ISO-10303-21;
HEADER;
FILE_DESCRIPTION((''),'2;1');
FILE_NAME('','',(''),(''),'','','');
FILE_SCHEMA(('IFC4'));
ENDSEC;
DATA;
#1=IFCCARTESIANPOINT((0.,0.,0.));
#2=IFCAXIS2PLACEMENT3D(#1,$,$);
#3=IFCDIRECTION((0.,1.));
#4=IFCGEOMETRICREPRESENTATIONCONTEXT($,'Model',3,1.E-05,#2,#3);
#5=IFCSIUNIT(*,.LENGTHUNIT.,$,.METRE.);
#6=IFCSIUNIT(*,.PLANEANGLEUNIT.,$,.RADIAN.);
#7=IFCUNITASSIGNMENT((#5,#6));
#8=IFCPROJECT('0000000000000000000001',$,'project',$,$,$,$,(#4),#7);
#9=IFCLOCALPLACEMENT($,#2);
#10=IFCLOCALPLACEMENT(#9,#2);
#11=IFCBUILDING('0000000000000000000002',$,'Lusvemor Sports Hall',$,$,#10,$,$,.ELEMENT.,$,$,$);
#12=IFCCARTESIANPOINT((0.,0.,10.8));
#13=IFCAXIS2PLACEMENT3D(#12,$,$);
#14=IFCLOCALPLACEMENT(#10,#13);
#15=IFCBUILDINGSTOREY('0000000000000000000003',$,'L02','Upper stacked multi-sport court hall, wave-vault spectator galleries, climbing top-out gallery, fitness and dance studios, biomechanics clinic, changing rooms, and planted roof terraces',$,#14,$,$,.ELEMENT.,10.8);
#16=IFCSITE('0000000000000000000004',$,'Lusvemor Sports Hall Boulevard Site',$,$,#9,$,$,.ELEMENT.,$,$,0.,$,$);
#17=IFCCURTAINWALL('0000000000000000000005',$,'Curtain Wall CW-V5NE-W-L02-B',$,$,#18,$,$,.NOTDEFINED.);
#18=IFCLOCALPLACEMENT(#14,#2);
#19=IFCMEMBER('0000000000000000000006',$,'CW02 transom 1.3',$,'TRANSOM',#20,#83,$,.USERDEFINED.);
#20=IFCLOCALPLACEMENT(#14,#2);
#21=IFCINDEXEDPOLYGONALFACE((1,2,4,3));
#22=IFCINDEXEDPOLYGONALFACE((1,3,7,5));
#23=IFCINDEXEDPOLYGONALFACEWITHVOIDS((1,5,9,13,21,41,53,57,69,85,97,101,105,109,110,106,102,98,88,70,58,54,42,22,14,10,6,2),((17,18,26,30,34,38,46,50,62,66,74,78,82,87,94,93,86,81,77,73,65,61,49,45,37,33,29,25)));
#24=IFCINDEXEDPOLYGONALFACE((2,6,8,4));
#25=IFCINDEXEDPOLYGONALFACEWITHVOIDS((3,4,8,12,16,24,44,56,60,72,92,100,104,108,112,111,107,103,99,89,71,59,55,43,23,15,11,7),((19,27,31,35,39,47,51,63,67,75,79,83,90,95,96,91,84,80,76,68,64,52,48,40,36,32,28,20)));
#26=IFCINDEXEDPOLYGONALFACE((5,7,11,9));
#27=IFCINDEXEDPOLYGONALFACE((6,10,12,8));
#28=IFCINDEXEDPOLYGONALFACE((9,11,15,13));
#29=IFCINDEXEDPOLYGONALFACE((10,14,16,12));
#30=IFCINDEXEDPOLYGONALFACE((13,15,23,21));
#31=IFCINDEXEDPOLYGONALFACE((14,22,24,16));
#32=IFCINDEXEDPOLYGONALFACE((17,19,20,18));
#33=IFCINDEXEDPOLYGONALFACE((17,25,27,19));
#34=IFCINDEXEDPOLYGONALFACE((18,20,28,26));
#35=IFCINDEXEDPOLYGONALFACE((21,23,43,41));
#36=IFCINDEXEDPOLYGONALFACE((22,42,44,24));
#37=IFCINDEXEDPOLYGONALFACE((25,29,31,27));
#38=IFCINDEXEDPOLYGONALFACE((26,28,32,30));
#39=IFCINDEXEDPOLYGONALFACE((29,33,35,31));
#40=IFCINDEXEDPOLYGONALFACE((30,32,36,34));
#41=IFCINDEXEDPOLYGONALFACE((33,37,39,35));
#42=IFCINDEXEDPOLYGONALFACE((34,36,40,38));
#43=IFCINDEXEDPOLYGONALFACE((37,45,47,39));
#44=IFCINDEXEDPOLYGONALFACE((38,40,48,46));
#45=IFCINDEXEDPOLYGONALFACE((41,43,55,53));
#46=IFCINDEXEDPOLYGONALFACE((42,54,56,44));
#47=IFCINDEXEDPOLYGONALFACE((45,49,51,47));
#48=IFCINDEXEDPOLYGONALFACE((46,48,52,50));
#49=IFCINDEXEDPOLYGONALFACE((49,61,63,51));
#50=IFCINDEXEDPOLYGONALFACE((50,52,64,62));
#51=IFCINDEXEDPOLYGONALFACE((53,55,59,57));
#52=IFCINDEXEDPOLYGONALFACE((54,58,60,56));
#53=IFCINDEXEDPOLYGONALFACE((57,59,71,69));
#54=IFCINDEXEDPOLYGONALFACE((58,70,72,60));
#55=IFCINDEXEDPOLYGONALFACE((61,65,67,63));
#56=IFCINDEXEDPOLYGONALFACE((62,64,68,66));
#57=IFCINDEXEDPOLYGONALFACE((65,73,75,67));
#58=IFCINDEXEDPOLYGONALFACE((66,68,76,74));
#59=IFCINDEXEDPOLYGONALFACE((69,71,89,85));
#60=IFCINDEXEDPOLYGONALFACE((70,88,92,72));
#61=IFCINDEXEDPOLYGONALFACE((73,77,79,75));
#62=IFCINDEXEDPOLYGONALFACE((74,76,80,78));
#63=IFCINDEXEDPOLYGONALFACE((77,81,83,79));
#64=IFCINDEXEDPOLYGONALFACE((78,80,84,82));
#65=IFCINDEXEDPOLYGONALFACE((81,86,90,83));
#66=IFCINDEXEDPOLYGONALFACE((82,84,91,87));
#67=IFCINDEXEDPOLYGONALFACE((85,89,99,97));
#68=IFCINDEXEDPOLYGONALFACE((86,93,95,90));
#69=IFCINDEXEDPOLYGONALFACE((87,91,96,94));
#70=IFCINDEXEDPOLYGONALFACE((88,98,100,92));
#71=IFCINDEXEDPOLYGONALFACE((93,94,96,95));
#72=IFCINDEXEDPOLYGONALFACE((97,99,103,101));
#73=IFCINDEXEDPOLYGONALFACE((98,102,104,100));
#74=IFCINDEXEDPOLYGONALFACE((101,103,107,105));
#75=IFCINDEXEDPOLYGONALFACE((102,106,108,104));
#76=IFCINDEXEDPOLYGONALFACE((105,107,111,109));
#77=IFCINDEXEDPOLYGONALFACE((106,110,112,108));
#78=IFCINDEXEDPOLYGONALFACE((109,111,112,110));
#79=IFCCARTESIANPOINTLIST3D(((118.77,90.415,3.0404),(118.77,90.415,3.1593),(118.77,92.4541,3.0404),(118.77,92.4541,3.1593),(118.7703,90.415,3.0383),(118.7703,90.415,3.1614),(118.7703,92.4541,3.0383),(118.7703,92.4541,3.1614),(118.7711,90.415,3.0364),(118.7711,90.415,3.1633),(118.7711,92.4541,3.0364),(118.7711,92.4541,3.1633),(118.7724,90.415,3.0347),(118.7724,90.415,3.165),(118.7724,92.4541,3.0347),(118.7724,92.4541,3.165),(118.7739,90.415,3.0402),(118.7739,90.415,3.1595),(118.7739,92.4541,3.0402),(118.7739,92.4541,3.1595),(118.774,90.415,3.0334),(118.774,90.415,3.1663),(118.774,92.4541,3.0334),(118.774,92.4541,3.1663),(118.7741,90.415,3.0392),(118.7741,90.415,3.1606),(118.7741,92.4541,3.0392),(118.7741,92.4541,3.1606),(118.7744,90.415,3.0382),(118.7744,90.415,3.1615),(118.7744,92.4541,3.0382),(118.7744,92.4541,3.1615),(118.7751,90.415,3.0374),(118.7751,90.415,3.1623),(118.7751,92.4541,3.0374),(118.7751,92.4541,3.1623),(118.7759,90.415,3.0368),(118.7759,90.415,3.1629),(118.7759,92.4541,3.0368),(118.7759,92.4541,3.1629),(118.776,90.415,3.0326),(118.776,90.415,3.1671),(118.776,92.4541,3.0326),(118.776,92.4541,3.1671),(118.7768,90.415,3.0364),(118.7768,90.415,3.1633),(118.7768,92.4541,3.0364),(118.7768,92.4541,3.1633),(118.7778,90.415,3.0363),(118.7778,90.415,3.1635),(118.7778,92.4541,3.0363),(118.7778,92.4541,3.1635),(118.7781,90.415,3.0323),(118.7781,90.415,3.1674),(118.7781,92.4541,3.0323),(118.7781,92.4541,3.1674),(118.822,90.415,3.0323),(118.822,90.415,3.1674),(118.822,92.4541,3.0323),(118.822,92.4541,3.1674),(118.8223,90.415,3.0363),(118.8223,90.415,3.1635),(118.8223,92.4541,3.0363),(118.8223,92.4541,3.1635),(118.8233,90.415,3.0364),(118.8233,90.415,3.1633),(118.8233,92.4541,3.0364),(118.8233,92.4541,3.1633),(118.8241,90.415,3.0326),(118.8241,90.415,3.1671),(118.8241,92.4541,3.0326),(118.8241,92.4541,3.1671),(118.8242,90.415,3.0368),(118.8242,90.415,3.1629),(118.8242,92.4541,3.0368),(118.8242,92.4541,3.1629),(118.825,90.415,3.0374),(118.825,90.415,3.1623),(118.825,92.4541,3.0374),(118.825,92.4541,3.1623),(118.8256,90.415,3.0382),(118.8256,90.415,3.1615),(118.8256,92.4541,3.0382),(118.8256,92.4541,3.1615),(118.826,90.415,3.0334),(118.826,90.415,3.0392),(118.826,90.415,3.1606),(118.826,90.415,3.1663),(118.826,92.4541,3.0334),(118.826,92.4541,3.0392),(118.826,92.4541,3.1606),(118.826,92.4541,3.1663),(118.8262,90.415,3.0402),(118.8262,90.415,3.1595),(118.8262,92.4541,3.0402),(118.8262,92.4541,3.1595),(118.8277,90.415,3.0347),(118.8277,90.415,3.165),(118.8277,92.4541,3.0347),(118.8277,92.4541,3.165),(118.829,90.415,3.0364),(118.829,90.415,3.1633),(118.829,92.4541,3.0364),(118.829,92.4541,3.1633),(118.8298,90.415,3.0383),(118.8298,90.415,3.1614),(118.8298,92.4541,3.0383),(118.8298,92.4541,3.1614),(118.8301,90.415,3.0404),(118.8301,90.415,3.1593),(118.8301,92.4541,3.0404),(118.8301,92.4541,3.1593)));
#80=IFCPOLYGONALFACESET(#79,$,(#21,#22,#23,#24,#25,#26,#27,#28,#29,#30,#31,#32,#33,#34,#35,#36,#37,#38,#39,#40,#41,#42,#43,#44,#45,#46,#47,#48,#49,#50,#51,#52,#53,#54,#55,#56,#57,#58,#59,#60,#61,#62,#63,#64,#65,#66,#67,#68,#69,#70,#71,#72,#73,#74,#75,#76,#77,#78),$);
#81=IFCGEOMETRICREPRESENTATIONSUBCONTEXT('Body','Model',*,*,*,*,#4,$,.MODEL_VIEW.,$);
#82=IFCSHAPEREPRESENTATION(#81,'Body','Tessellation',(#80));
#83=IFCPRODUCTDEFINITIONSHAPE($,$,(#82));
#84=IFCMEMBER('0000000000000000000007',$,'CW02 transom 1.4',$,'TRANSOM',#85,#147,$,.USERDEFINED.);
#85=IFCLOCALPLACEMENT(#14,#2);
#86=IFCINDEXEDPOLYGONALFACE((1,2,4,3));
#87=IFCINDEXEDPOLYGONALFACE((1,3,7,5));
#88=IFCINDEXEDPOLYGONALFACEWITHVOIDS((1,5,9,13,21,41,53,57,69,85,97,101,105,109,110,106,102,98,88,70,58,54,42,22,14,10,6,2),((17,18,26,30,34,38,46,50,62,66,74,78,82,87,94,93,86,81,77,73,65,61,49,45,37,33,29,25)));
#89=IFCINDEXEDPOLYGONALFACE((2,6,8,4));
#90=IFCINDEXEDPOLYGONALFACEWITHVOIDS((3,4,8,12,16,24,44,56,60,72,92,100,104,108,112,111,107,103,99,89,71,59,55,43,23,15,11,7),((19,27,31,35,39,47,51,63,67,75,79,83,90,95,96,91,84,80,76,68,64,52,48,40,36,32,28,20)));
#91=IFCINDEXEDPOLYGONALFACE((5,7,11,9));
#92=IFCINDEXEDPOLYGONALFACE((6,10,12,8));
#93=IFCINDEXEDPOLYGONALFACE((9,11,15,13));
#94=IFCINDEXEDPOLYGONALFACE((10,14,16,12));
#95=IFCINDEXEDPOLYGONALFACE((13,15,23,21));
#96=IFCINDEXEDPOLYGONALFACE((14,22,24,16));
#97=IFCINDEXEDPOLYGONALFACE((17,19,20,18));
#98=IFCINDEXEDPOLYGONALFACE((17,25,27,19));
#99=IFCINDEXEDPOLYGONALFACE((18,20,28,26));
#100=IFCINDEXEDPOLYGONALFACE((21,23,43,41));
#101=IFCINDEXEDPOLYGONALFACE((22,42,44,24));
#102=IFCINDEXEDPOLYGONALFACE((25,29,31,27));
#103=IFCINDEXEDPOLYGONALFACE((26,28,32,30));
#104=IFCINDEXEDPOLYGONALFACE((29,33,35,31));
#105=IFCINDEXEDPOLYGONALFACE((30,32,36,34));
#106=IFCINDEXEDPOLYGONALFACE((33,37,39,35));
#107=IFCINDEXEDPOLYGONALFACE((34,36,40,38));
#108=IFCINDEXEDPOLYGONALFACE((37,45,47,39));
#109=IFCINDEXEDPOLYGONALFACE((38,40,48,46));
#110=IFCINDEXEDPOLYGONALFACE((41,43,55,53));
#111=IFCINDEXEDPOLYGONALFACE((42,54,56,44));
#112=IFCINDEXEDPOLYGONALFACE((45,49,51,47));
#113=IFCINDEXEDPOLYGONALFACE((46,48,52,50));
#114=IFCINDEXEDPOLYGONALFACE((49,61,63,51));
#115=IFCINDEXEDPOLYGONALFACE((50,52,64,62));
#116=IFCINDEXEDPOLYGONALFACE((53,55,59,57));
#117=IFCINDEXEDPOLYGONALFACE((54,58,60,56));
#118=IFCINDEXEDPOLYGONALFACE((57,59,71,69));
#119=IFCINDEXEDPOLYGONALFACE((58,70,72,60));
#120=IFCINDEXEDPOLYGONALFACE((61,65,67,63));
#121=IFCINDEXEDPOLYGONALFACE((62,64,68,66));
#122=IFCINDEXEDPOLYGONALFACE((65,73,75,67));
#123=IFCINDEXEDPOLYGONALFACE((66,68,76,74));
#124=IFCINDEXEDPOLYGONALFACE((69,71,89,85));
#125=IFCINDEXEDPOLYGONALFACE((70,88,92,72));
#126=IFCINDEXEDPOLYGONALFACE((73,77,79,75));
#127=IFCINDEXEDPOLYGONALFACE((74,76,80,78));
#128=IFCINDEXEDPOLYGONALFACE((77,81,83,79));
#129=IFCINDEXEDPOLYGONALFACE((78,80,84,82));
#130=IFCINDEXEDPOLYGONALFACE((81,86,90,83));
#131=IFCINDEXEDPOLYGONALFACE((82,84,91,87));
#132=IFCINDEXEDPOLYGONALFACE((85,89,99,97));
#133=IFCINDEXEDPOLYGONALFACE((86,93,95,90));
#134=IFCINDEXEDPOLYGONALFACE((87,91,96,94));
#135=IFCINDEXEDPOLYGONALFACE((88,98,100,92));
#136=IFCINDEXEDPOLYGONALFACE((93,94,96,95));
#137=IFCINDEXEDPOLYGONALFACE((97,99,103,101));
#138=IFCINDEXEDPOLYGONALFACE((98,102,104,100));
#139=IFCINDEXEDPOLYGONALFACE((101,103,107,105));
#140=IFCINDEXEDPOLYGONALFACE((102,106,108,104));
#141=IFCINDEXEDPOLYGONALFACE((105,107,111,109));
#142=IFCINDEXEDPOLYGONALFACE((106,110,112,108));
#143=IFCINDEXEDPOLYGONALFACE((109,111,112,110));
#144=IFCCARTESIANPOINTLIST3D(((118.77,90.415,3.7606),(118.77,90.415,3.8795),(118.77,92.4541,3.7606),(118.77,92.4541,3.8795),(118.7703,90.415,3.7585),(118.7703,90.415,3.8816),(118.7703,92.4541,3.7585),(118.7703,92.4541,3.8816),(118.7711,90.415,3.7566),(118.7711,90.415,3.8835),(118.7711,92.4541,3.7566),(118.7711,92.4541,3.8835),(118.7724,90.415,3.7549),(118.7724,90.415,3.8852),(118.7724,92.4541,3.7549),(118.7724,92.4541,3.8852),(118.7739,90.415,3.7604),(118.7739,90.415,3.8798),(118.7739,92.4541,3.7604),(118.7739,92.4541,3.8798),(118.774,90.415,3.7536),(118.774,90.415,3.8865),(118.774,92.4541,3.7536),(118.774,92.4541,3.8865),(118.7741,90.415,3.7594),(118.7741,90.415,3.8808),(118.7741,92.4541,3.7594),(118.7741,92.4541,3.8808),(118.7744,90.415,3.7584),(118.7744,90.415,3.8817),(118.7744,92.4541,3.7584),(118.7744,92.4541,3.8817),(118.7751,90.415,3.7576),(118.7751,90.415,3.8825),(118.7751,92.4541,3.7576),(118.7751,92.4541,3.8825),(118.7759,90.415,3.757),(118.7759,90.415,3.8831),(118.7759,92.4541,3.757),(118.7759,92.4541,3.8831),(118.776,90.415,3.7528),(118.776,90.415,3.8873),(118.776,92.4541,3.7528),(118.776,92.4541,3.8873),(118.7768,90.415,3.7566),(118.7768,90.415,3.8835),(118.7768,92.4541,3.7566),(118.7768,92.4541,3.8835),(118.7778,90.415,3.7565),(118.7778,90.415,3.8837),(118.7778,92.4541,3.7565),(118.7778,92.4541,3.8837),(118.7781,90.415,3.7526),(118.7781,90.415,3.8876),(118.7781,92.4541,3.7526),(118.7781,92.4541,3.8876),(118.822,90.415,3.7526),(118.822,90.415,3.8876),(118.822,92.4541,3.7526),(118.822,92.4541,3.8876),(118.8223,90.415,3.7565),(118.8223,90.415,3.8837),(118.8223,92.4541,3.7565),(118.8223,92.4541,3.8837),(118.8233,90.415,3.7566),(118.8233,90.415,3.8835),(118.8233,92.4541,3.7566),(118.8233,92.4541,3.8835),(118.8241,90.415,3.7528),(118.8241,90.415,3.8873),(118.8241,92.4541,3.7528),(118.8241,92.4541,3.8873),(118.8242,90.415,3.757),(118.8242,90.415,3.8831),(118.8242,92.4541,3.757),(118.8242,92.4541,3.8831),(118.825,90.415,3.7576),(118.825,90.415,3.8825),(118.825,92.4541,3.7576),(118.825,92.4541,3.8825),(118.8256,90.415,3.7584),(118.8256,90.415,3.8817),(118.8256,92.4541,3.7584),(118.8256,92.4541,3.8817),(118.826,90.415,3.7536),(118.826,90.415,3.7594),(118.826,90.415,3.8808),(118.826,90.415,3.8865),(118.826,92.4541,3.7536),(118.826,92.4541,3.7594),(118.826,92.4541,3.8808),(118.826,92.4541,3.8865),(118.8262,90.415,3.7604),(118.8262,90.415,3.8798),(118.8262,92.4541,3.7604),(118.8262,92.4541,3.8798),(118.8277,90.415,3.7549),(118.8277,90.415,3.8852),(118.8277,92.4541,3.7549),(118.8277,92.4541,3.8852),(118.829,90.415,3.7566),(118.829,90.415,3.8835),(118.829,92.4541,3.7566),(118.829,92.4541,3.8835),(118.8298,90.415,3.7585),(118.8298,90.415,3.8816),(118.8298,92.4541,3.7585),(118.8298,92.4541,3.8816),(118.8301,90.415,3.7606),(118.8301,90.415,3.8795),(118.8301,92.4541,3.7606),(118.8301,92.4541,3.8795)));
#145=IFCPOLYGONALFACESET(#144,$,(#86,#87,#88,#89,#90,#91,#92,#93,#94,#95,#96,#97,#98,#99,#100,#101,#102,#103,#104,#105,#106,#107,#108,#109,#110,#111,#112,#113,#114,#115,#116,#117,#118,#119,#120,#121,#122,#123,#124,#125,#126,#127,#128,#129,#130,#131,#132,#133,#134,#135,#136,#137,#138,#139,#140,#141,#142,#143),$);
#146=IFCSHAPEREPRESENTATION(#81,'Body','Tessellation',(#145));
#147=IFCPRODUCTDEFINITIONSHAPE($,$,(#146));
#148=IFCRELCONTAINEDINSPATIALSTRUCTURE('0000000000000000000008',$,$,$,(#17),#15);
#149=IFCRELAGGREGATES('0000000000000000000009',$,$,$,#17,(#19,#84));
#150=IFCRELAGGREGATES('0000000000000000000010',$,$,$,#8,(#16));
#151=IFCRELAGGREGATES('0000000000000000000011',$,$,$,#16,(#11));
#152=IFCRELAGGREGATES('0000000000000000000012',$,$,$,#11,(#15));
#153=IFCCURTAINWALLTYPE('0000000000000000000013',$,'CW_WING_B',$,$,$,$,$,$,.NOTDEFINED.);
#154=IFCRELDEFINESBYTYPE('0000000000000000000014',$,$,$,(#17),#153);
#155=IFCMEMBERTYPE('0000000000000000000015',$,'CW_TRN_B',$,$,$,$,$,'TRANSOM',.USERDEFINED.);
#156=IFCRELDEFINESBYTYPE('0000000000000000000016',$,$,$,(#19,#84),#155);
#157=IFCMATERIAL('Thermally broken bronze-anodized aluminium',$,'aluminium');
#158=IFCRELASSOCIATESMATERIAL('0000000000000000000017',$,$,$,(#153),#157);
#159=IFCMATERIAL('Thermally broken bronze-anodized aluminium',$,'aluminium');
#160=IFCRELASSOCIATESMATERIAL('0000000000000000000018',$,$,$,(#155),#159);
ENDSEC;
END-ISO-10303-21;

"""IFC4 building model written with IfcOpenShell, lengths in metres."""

from ifc_helpers import new_model, si_unit, direction, frame, origin, origin_2d, place, context, subcontext, project, spatial, hollow_rectangle, extrude, material, material_profile, profile_set, type_object, element, aggregate, save


model = new_model("IFC4")

# Units and contexts
model_context = context("Model", 3, precision=1e-05, world=origin(), true_north=direction((0.0, 1.0)))
body_context = subcontext(model_context, "Body", "Model", "MODEL_VIEW")
ifc_project = project(units=[si_unit("LENGTHUNIT", "METRE"), si_unit("PLANEANGLEUNIT", "RADIAN")], contexts=[model_context])

# Site, building, storey
site_placement = place(None, origin())
site = spatial("IfcSite", under=ifc_project, at=site_placement, Name="Lusvemor Sports Hall Boulevard Site", CompositionType="ELEMENT", RefElevation=0.0)
building_placement = place(site_placement, origin())
building = spatial("IfcBuilding", under=site, at=building_placement, Name="Lusvemor Sports Hall", CompositionType="ELEMENT")
storey_placement = place(building_placement, frame((0.0, 0.0, 10.8)))
storey = spatial("IfcBuildingStorey", under=building, at=storey_placement, Name="L02", Description="Upper stacked multi-sport court hall, wave-vault spectator galleries, climbing top-out gallery, fitness and dance studios, biomechanics clinic, changing rooms, and planted roof terraces", CompositionType="ELEMENT", Elevation=10.8)

# Curtain wall, members
ifc_material_1 = material(Name="Thermally broken bronze-anodized aluminium", Category="aluminium")
curtain_wall_type = type_object("IfcCurtainWallType", Name="CW_WING_B", PredefinedType="NOTDEFINED", material=ifc_material_1)
curtain_wall_placement = place(storey_placement, origin())
curtain_wall = element("IfcCurtainWall", 1, at=curtain_wall_placement, inside=storey, type_object=curtain_wall_type, Name="Curtain Wall CW-V5NE-W-L02-B", PredefinedType="NOTDEFINED")
ifc_material_2 = material(Name="Thermally broken bronze-anodized aluminium", Category="aluminium")
ifc_material_profile_1 = material_profile(ifc_material_2, hollow_rectangle(XDim=0.0601, YDim=0.135, WallThickness=0.0039, InnerFilletRadius=0.0039, OuterFilletRadius=0.0081, at=origin_2d()), Name="CWTRN135x60x4")
ifc_profile_set_1 = profile_set([ifc_material_profile_1], Name="Thermally broken bronze-anodized aluminium")
member_type_1 = type_object("IfcMemberType", Name="CW_TRN_B", ElementType="TRANSOM", PredefinedType="USERDEFINED", material=ifc_profile_set_1)
member_1_placement = place(storey_placement, frame((118.8, 90.415, 3.0999), z_axis=(0.0, 1.0, 0.0), x_axis=(-1.0, 0.0, 0.0)))
member_1 = element("IfcMember", 2, at=member_1_placement, type_object=member_type_1, Name="CW02 transom 1.3", ObjectType="TRANSOM", PredefinedType="USERDEFINED", context=body_context, shape_type="SweptSolid", body=[
    extrude(hollow_rectangle(XDim=0.0601, YDim=0.135, WallThickness=0.0039, InnerFilletRadius=0.0039, OuterFilletRadius=0.0081, at=origin_2d()), origin(), (0.0, 0.0, 1.0), 2.0391),
])
member_2_placement = place(storey_placement, frame((118.8, 90.415, 3.8201), z_axis=(0.0, 1.0, 0.0), x_axis=(-1.0, 0.0, 0.0)))
member_2 = element("IfcMember", 3, at=member_2_placement, type_object=member_type_1, Name="CW02 transom 1.4", ObjectType="TRANSOM", PredefinedType="USERDEFINED", context=body_context, shape_type="SweptSolid", body=[
    extrude(hollow_rectangle(XDim=0.0601, YDim=0.135, WallThickness=0.0039, InnerFilletRadius=0.0039, OuterFilletRadius=0.0081, at=origin_2d()), origin(), (0.0, 0.0, 1.0), 2.0391),
])
aggregate(curtain_wall, [member_1, member_2])

save(model, "model.ifc")
